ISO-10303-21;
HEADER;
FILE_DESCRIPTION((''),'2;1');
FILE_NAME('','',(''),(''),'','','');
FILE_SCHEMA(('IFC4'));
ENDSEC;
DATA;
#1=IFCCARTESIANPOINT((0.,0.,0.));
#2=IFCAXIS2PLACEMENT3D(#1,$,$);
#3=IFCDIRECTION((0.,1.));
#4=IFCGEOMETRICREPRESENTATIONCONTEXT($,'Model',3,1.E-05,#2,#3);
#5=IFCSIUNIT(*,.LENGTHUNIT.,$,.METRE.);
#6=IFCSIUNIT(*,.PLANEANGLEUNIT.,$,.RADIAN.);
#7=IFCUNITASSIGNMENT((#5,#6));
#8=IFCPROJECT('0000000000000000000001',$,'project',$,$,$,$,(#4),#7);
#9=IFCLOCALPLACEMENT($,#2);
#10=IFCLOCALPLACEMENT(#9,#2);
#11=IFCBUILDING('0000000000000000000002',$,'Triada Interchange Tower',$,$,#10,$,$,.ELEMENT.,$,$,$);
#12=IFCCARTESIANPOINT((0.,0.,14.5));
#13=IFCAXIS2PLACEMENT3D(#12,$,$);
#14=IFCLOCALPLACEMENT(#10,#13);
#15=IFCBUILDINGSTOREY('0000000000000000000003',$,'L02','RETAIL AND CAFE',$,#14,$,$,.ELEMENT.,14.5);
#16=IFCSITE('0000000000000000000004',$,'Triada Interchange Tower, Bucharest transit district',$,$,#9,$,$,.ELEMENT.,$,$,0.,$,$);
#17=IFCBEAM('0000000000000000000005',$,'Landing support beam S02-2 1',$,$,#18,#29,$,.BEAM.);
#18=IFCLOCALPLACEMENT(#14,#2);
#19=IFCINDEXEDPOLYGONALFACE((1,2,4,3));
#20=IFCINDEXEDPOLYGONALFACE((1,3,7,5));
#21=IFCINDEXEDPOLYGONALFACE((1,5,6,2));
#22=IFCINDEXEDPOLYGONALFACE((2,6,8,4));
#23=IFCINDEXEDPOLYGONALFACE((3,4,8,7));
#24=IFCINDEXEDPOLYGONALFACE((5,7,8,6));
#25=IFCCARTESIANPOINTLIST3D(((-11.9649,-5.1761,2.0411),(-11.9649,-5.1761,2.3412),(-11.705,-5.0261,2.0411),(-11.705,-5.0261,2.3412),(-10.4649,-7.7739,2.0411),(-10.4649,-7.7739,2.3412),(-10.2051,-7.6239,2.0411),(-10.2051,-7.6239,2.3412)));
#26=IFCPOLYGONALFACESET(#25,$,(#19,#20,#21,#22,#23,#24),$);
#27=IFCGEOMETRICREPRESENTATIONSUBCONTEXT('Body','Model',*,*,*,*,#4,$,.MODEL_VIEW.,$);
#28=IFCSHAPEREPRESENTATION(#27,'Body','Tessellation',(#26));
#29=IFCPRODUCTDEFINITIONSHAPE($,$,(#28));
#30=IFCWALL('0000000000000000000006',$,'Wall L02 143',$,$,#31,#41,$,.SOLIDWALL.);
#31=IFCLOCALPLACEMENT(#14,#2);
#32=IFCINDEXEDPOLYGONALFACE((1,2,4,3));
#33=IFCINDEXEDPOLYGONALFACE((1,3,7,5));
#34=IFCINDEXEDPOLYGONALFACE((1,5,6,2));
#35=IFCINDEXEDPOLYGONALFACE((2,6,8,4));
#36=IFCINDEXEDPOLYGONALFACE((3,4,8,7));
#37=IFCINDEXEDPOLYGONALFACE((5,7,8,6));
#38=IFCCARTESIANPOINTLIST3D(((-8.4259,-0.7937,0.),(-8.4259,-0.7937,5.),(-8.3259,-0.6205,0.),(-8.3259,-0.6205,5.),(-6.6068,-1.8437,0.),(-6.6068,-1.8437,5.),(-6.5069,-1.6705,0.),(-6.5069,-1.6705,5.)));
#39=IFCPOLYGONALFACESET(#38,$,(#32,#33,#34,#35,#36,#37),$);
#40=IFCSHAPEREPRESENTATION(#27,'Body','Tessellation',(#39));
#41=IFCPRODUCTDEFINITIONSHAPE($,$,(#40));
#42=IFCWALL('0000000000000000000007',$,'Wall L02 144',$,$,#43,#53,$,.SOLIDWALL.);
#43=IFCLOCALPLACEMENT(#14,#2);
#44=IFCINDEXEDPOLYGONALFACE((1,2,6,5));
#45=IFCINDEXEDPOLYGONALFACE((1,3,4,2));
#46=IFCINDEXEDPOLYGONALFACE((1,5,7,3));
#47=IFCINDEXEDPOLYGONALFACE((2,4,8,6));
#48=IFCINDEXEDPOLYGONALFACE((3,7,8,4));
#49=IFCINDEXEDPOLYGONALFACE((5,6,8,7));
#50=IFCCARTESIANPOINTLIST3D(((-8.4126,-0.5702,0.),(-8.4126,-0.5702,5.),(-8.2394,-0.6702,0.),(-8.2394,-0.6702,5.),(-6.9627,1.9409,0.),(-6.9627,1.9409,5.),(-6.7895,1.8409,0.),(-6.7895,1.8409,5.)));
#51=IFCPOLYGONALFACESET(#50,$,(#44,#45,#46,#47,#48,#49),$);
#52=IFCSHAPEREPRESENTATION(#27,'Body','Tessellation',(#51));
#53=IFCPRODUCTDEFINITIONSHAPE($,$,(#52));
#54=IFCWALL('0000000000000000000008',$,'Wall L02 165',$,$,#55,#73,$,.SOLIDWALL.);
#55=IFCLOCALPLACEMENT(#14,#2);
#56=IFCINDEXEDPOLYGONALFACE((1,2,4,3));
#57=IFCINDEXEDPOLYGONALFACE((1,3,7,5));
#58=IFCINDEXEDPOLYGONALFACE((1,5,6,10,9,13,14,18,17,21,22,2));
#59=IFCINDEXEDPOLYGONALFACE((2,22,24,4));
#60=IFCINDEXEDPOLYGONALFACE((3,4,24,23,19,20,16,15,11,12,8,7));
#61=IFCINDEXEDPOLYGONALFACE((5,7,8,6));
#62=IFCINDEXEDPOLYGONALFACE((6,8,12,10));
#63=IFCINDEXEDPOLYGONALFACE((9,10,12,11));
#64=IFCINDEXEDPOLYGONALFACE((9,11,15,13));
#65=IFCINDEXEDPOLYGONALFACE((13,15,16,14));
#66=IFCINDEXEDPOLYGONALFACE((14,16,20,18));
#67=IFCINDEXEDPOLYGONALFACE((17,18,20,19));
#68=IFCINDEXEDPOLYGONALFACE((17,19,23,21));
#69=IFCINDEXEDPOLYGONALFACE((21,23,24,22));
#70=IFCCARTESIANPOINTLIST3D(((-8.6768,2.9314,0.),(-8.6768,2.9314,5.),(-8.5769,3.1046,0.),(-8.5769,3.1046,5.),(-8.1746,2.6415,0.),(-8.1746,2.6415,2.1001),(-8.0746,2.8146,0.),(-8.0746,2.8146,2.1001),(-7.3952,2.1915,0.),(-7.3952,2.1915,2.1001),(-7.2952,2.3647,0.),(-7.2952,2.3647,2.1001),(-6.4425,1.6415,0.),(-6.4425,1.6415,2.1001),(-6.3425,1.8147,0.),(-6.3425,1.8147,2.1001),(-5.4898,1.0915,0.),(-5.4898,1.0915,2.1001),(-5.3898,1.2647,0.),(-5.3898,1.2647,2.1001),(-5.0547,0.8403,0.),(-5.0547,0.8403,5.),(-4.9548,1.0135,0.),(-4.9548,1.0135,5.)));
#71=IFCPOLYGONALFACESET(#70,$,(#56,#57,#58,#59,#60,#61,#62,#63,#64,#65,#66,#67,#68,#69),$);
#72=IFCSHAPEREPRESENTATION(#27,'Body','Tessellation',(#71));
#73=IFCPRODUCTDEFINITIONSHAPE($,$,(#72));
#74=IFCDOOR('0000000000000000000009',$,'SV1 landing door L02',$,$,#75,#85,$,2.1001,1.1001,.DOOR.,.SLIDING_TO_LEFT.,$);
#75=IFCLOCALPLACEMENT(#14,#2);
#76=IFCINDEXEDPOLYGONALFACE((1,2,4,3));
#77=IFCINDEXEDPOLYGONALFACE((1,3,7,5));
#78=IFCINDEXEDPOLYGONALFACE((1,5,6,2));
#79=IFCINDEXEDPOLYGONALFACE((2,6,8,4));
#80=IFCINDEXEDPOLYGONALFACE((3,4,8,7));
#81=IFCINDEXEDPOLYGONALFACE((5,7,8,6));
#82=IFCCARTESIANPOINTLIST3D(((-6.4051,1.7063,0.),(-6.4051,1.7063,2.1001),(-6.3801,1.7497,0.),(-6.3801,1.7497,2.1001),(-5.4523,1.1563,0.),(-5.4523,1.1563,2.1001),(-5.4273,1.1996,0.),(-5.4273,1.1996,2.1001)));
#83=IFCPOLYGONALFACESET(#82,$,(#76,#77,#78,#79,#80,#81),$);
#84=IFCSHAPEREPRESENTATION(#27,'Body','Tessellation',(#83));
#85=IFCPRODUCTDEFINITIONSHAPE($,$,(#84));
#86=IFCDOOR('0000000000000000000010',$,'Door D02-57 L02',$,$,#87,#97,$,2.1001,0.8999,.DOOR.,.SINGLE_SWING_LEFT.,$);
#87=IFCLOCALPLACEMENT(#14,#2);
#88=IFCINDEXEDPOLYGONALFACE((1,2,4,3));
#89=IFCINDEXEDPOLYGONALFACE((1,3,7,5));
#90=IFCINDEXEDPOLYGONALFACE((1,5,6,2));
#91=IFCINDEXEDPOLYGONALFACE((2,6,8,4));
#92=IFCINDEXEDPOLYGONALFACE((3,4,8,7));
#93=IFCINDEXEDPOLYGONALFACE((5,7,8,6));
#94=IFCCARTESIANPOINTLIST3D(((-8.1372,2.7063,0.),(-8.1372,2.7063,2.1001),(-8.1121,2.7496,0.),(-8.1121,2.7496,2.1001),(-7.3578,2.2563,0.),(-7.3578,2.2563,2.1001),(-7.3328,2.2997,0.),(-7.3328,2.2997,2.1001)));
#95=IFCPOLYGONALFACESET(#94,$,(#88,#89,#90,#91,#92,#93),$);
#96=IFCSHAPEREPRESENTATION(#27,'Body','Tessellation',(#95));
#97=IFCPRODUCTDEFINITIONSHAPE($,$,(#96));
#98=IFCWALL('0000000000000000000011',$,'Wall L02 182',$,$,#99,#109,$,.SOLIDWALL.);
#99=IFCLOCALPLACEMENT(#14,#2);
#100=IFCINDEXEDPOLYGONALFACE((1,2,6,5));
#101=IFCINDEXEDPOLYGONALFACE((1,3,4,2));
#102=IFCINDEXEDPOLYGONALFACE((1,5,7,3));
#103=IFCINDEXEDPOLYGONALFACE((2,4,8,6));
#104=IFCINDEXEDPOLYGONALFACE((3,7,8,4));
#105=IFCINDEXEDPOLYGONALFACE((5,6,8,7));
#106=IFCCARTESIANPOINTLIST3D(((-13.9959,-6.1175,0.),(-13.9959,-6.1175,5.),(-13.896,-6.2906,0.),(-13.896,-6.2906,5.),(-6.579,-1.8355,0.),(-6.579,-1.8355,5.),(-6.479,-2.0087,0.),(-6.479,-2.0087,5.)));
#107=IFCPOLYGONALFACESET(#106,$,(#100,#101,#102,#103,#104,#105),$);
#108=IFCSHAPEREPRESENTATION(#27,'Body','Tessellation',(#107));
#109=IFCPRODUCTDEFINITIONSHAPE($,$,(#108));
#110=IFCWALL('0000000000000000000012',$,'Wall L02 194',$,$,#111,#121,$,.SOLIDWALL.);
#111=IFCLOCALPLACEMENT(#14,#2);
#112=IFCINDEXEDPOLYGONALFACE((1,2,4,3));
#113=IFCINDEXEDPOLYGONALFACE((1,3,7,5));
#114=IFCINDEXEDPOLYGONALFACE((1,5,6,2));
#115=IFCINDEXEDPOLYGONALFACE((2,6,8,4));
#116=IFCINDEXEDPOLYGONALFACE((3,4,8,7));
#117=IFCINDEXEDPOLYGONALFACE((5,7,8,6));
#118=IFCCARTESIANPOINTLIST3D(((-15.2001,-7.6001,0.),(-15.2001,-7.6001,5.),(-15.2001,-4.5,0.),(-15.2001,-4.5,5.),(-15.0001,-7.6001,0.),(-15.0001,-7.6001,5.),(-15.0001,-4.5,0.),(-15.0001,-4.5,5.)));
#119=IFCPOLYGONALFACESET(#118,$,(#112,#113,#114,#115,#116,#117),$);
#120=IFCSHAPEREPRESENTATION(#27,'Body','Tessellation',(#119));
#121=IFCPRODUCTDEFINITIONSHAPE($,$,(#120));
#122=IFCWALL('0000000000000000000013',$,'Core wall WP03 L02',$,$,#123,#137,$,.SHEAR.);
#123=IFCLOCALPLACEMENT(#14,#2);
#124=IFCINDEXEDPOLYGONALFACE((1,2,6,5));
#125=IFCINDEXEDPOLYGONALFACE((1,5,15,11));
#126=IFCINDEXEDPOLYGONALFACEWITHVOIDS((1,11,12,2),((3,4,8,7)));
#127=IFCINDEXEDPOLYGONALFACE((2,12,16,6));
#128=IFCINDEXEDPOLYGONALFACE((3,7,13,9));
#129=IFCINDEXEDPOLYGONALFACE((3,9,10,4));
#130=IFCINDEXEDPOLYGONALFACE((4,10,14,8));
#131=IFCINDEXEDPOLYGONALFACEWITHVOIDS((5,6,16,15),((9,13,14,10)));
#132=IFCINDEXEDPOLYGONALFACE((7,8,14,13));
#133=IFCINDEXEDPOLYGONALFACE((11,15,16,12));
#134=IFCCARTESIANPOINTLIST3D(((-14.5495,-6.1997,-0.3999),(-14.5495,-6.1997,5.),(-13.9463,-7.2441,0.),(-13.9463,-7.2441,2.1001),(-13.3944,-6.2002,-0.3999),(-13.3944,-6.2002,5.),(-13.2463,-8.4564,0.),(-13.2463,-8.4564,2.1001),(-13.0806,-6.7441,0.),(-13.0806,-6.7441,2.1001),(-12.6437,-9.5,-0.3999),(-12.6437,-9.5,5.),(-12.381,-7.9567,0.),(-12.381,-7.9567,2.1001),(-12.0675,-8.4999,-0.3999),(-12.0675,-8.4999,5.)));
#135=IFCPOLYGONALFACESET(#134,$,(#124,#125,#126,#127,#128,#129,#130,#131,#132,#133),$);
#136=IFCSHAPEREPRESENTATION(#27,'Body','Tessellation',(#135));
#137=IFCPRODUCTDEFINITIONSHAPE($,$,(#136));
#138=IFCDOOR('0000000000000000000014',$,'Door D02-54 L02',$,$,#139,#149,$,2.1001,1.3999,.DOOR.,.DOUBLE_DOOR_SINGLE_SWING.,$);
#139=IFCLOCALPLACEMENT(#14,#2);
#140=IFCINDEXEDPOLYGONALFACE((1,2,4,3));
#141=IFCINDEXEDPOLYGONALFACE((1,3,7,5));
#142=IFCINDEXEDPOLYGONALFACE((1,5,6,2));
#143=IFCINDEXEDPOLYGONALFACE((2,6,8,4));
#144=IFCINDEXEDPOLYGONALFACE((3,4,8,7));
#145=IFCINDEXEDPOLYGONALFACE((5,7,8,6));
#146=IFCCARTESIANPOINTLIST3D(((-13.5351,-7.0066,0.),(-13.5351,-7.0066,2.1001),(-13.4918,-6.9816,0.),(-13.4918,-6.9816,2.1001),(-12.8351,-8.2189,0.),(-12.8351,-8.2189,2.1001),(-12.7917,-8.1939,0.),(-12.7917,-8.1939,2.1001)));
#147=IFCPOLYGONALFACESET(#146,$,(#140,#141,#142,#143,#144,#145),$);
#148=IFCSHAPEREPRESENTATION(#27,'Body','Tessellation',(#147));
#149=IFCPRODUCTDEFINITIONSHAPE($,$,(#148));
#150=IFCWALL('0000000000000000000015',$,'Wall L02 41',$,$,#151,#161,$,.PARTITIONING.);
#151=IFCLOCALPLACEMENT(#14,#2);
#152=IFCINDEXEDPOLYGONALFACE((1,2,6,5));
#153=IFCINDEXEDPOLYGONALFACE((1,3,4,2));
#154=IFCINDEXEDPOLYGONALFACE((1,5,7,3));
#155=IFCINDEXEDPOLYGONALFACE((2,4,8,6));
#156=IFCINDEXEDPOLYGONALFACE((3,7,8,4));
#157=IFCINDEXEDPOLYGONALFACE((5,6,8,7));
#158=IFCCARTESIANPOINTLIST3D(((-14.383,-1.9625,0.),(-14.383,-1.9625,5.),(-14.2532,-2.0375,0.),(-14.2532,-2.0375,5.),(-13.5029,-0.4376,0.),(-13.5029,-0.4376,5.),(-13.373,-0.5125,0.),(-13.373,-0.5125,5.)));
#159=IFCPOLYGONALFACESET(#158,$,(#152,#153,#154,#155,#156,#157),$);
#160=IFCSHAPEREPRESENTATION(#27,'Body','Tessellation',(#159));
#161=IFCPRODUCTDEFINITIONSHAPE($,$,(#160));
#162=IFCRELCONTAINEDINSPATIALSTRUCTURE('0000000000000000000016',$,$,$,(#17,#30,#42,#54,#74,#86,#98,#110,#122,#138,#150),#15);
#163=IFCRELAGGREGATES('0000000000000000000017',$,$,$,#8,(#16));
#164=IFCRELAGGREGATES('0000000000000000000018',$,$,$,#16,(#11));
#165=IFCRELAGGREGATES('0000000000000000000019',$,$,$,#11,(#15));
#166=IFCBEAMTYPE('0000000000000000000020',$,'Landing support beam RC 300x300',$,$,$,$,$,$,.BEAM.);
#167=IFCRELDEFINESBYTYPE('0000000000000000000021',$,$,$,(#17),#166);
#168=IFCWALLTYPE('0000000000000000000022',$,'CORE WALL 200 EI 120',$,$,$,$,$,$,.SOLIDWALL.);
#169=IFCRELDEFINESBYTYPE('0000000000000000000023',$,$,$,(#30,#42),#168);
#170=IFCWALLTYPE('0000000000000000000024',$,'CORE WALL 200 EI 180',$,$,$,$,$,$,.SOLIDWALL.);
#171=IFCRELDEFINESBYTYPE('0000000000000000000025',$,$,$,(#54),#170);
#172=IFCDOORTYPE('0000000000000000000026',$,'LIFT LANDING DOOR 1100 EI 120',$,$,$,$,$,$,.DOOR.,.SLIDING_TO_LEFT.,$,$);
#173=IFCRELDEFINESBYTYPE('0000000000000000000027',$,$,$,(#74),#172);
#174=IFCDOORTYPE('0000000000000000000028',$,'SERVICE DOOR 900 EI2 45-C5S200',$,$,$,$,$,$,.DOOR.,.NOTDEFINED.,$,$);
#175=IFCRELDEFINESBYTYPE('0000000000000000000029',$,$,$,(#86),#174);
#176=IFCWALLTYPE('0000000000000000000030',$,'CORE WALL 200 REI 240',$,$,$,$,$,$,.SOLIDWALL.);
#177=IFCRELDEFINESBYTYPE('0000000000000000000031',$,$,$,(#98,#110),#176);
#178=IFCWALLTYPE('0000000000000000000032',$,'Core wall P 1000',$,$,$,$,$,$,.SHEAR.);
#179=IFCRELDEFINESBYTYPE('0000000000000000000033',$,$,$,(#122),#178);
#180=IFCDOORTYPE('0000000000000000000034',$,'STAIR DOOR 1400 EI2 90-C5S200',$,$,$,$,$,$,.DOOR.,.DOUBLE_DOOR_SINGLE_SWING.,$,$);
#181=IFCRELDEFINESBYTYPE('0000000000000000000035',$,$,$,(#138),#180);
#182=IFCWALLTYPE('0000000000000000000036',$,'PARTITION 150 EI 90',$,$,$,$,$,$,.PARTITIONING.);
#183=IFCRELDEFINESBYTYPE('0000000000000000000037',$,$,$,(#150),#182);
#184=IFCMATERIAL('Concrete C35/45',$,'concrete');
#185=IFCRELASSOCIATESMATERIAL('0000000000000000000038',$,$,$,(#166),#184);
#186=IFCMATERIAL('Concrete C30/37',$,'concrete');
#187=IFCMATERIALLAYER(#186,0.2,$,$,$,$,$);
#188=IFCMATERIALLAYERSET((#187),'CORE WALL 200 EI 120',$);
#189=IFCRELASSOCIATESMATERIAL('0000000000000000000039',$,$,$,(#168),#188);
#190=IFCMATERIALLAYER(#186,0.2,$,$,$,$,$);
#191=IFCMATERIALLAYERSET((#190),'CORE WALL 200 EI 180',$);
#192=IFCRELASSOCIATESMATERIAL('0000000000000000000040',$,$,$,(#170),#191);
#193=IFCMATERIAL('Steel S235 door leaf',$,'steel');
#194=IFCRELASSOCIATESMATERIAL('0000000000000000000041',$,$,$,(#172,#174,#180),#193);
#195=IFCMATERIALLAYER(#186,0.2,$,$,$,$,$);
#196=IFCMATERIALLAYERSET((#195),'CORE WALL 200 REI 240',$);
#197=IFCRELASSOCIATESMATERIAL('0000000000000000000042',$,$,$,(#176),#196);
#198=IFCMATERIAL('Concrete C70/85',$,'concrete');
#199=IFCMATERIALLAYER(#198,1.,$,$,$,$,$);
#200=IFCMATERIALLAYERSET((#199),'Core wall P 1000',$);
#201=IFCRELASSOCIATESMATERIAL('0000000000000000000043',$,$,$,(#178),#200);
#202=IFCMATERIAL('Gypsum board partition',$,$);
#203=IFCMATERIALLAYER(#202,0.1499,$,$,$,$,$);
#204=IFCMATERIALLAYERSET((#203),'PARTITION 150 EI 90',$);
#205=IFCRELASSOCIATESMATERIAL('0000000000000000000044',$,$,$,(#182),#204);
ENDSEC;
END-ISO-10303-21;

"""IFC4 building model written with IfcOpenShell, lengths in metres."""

from ifc_helpers import new_model, si_unit, direction, frame, frame_2d, origin, origin_2d, place, context, subcontext, project, spatial, polyline, rectangle, outline, extrude, material, layer, layer_set, material_profile, profile_set, type_object, element, fill, save


model = new_model("IFC4")

# Units and contexts
model_context = context("Model", 3, precision=1e-05, world=origin(), true_north=direction((0.0, 1.0)))
body_context = subcontext(model_context, "Body", "Model", "MODEL_VIEW")
ifc_project = project(units=[si_unit("LENGTHUNIT", "METRE"), si_unit("PLANEANGLEUNIT", "RADIAN")], contexts=[model_context])

# Site, building, storey
site_placement = place(None, origin())
site = spatial("IfcSite", under=ifc_project, at=site_placement, Name="Triada Interchange Tower, Bucharest transit district", CompositionType="ELEMENT", RefElevation=0.0)
building_placement = place(site_placement, origin())
building = spatial("IfcBuilding", under=site, at=building_placement, Name="Triada Interchange Tower", CompositionType="ELEMENT")
storey_placement = place(building_placement, frame((0.0, 0.0, 14.5)))
storey = spatial("IfcBuildingStorey", under=building, at=storey_placement, Name="L02", Description="RETAIL AND CAFE", CompositionType="ELEMENT", Elevation=14.5)

# Beam
ifc_material_1 = material(Name="Concrete C35/45", Category="concrete")
ifc_material_profile_1 = material_profile(ifc_material_1, rectangle(XDim=0.3, YDim=0.3, at=origin_2d()), Name="RC 300x300")
ifc_profile_set_1 = profile_set([ifc_material_profile_1], Name="Concrete C35/45")
beam_type_1 = type_object("IfcBeamType", Name="Landing support beam RC 300x300", PredefinedType="BEAM", material=ifc_profile_set_1)
beam_1_placement = place(storey_placement, frame((-11.835, -5.1011, 2.1912), z_axis=(0.500025, -0.866011, 0.0), x_axis=(0.866011, 0.500025, 0.0)))
element("IfcBeam", 1, at=beam_1_placement, inside=storey, type_object=beam_type_1, Name="Landing support beam S02-2 1", PredefinedType="BEAM", context=body_context, shape_type="SweptSolid", body=[
    extrude(rectangle(XDim=0.3, YDim=0.3, at=origin_2d()), origin(), (0.0, 0.0, 1.0), 2.9998),
])

# Walls
ifc_material_2 = material(Name="Concrete C30/37", Category="concrete")
ifc_layer_1 = layer(ifc_material_2, 0.2)
ifc_layer_set_1 = layer_set([ifc_layer_1], Name="CORE WALL 200 EI 120")
wall_type_1 = type_object("IfcWallType", Name="CORE WALL 200 EI 120", PredefinedType="SOLIDWALL", material=ifc_layer_set_1)
wall_1_placement = place(storey_placement, frame((-8.376, -0.707, 0.0), z_axis=(0.0, 0.0, 1.0), x_axis=(0.866068, -0.499927, 0.0)))
element("IfcWall", 2, at=wall_1_placement, inside=storey, type_object=wall_type_1, Name="Wall L02 143", PredefinedType="SOLIDWALL", context=body_context, shape_type="SweptSolid", body=[
    extrude(rectangle(XDim=2.1003, YDim=0.2, at=frame_2d((1.0503, 0.0))), origin(), (0.0, 0.0, 1.0), 5.0),
])
wall_2_placement = place(storey_placement, frame((-8.3259, -0.6201, 0.0), z_axis=(0.0, 0.0, 1.0), x_axis=(0.500024, 0.866012, 0.0)))
element("IfcWall", 3, at=wall_2_placement, inside=storey, type_object=wall_type_1, Name="Wall L02 144", PredefinedType="SOLIDWALL", context=body_context, shape_type="SweptSolid", body=[
    extrude(rectangle(XDim=2.8997, YDim=0.2, at=frame_2d((1.4497, 0.0))), origin(), (0.0, 0.0, 1.0), 5.0),
])

# Wall, openings, doors
ifc_layer_2 = layer(ifc_material_2, 0.2)
ifc_layer_set_2 = layer_set([ifc_layer_2], Name="CORE WALL 200 EI 180")
wall_type_2 = type_object("IfcWallType", Name="CORE WALL 200 EI 180", PredefinedType="SOLIDWALL", material=ifc_layer_set_2)
wall_3_placement = place(storey_placement, frame((-8.627, 3.0181, 0.0), z_axis=(0.0, 0.0, 1.0), x_axis=(0.86604, -0.499975, 0.0)))
wall_3 = element("IfcWall", 4, at=wall_3_placement, inside=storey, type_object=wall_type_2, Name="Wall L02 165", PredefinedType="SOLIDWALL", context=body_context, shape_type="SweptSolid", body=[
    extrude(rectangle(XDim=4.1824, YDim=0.2, at=frame_2d((2.0913, 0.0))), origin(), (0.0, 0.0, 1.0), 5.0),
])
opening_1_placement = place(wall_3_placement, frame((2.5801, 0.0, 0.0)))
opening_1 = element("IfcOpeningElement", 5, at=opening_1_placement, cuts=wall_3, PredefinedType="OPENING", context=body_context, shape_type="SweptSolid", body=[
    extrude(rectangle(XDim=1.1001, YDim=2.1001, at=frame_2d((0.55, 1.05))), frame((0.0, 0.1099, 0.0), z_axis=(0.0, -1.0, 0.0), x_axis=(1.0, 0.0, 0.0)), (0.0, 0.0, 1.0), 0.22),
])
opening_2_placement = place(wall_3_placement, frame((0.5801, 0.0, 0.0)))
opening_2 = element("IfcOpeningElement", 6, at=opening_2_placement, cuts=wall_3, PredefinedType="OPENING", context=body_context, shape_type="SweptSolid", body=[
    extrude(rectangle(XDim=0.8999, YDim=2.1001, at=frame_2d((0.45, 1.05))), frame((0.0, 0.1099, 0.0), z_axis=(0.0, -1.0, 0.0), x_axis=(1.0, 0.0, 0.0)), (0.0, 0.0, 1.0), 0.22),
])
ifc_material_3 = material(Name="Steel S235 door leaf", Category="steel")
door_type_1 = type_object("IfcDoorType", Name="LIFT LANDING DOOR 1100 EI 120", OperationType="SLIDING_TO_LEFT", PredefinedType="DOOR", material=ifc_material_3)
door_1_placement = place(opening_1_placement, origin())
door_1 = element("IfcDoor", 7, at=door_1_placement, inside=storey, type_object=door_type_1, Name="SV1 landing door L02", OperationType="SLIDING_TO_LEFT", OverallHeight=2.1001, OverallWidth=1.1001, PredefinedType="DOOR", context=body_context, shape_type="SweptSolid", body=[
    extrude(rectangle(XDim=1.1001, YDim=2.1001, at=frame_2d((0.55, 1.05))), frame((0.0, 0.0249, 0.0), z_axis=(0.0, -1.0, 0.0), x_axis=(1.0, 0.0, 0.0)), (0.0, 0.0, 1.0), 0.05),
])
fill(opening_1, door_1)
door_type_2 = type_object("IfcDoorType", Name="SERVICE DOOR 900 EI2 45-C5S200", OperationType="NOTDEFINED", PredefinedType="DOOR", material=ifc_material_3)
door_2_placement = place(opening_2_placement, origin())
door_2 = element("IfcDoor", 8, at=door_2_placement, inside=storey, type_object=door_type_2, Name="Door D02-57 L02", OperationType="SINGLE_SWING_LEFT", OverallHeight=2.1001, OverallWidth=0.8999, PredefinedType="DOOR", context=body_context, shape_type="SweptSolid", body=[
    extrude(rectangle(XDim=0.8999, YDim=2.1001, at=frame_2d((0.45, 1.05))), frame((0.0, 0.0249, 0.0), z_axis=(0.0, -1.0, 0.0), x_axis=(1.0, 0.0, 0.0)), (0.0, 0.0, 1.0), 0.05),
])
fill(opening_2, door_2)

# Walls
ifc_layer_3 = layer(ifc_material_2, 0.2)
ifc_layer_set_3 = layer_set([ifc_layer_3], Name="CORE WALL 200 REI 240")
wall_type_3 = type_object("IfcWallType", Name="CORE WALL 200 REI 240", PredefinedType="SOLIDWALL", material=ifc_layer_set_3)
wall_4_placement = place(storey_placement, frame((-13.946, -6.2041, 0.0), z_axis=(0.0, 0.0, 1.0), x_axis=(0.866037, 0.499981, 0.0)))
element("IfcWall", 9, at=wall_4_placement, inside=storey, type_object=wall_type_3, Name="Wall L02 182", PredefinedType="SOLIDWALL", context=body_context, shape_type="SweptSolid", body=[
    extrude(rectangle(XDim=8.5642, YDim=0.2, at=frame_2d((4.2822, 0.0))), origin(), (0.0, 0.0, 1.0), 5.0),
])
wall_5_placement = place(storey_placement, frame((-15.1001, -7.6001, 0.0), z_axis=(0.0, 0.0, 1.0), x_axis=(0.0, 1.0, 0.0)))
element("IfcWall", 10, at=wall_5_placement, inside=storey, type_object=wall_type_3, Name="Wall L02 194", PredefinedType="SOLIDWALL", context=body_context, shape_type="SweptSolid", body=[
    extrude(rectangle(XDim=3.1001, YDim=0.2, at=frame_2d((1.55, 0.0))), origin(), (0.0, 0.0, 1.0), 5.0),
])

# Wall, opening, door
ifc_material_4 = material(Name="Concrete C70/85", Category="concrete")
ifc_layer_4 = layer(ifc_material_4, 1.0)
ifc_layer_set_4 = layer_set([ifc_layer_4], Name="Core wall P 1000")
wall_type_4 = type_object("IfcWallType", Name="Core wall P 1000", PredefinedType="SHEAR", material=ifc_layer_set_4)
wall_6_placement = place(storey_placement, frame((-13.9719, -6.2, -0.3999), z_axis=(0.0, 0.0, 1.0), x_axis=(0.500078, -0.865981, 0.0)))
wall_6 = element("IfcWall", 11, at=wall_6_placement, inside=storey, type_object=wall_type_4, Name="Core wall WP03 L02", PredefinedType="SHEAR", context=body_context, shape_type="SweptSolid", body=[
    extrude(outline(polyline([(-0.2891, -0.5), (1.6165, -0.5), (3.522, -0.5), (2.9441, 0.499), (1.6167, 0.4995), (0.2891, 0.5), (-0.2891, -0.5)])), origin(), (0.0, 0.0, 1.0), 5.3999),
])
opening_3_placement = place(wall_6_placement, frame((0.917, 0.0, 0.3999)))
opening_3 = element("IfcOpeningElement", 12, at=opening_3_placement, cuts=wall_6, PredefinedType="OPENING", context=body_context, shape_type="SweptSolid", body=[
    extrude(rectangle(XDim=1.3999, YDim=2.1001, at=frame_2d((0.7, 1.05))), frame((0.0, 0.51, 0.0), z_axis=(0.0, -1.0, 0.0), x_axis=(1.0, 0.0, 0.0)), (0.0, 0.0, 1.0), 1.02),
])
door_type_3 = type_object("IfcDoorType", Name="STAIR DOOR 1400 EI2 90-C5S200", OperationType="DOUBLE_DOOR_SINGLE_SWING", PredefinedType="DOOR", material=ifc_material_3)
door_3_placement = place(opening_3_placement, origin())
door_3 = element("IfcDoor", 13, at=door_3_placement, inside=storey, type_object=door_type_3, Name="Door D02-54 L02", OperationType="DOUBLE_DOOR_SINGLE_SWING", OverallHeight=2.1001, OverallWidth=1.3999, PredefinedType="DOOR", context=body_context, shape_type="SweptSolid", body=[
    extrude(rectangle(XDim=1.3999, YDim=2.1001, at=frame_2d((0.7, 1.05))), frame((0.0, 0.0249, 0.0), z_axis=(0.0, -1.0, 0.0), x_axis=(1.0, 0.0, 0.0)), (0.0, 0.0, 1.0), 0.05),
])
fill(opening_3, door_3)

# Wall
ifc_material_5 = material(Name="Gypsum board partition")
ifc_layer_5 = layer(ifc_material_5, 0.1499)
ifc_layer_set_5 = layer_set([ifc_layer_5], Name="PARTITION 150 EI 90")
wall_type_5 = type_object("IfcWallType", Name="PARTITION 150 EI 90", PredefinedType="PARTITIONING", material=ifc_layer_set_5)
wall_7_placement = place(storey_placement, frame((-14.3181, -2.0, 0.0), z_axis=(0.0, 0.0, 1.0), x_axis=(0.499883, 0.866093, 0.0)))
element("IfcWall", 14, at=wall_7_placement, inside=storey, type_object=wall_type_5, Name="Wall L02 41", PredefinedType="PARTITIONING", context=body_context, shape_type="SweptSolid", body=[
    extrude(rectangle(XDim=1.7607, YDim=0.1499, at=frame_2d((0.8804, 0.0))), origin(), (0.0, 0.0, 1.0), 5.0),
])

save(model, "model.ifc")
